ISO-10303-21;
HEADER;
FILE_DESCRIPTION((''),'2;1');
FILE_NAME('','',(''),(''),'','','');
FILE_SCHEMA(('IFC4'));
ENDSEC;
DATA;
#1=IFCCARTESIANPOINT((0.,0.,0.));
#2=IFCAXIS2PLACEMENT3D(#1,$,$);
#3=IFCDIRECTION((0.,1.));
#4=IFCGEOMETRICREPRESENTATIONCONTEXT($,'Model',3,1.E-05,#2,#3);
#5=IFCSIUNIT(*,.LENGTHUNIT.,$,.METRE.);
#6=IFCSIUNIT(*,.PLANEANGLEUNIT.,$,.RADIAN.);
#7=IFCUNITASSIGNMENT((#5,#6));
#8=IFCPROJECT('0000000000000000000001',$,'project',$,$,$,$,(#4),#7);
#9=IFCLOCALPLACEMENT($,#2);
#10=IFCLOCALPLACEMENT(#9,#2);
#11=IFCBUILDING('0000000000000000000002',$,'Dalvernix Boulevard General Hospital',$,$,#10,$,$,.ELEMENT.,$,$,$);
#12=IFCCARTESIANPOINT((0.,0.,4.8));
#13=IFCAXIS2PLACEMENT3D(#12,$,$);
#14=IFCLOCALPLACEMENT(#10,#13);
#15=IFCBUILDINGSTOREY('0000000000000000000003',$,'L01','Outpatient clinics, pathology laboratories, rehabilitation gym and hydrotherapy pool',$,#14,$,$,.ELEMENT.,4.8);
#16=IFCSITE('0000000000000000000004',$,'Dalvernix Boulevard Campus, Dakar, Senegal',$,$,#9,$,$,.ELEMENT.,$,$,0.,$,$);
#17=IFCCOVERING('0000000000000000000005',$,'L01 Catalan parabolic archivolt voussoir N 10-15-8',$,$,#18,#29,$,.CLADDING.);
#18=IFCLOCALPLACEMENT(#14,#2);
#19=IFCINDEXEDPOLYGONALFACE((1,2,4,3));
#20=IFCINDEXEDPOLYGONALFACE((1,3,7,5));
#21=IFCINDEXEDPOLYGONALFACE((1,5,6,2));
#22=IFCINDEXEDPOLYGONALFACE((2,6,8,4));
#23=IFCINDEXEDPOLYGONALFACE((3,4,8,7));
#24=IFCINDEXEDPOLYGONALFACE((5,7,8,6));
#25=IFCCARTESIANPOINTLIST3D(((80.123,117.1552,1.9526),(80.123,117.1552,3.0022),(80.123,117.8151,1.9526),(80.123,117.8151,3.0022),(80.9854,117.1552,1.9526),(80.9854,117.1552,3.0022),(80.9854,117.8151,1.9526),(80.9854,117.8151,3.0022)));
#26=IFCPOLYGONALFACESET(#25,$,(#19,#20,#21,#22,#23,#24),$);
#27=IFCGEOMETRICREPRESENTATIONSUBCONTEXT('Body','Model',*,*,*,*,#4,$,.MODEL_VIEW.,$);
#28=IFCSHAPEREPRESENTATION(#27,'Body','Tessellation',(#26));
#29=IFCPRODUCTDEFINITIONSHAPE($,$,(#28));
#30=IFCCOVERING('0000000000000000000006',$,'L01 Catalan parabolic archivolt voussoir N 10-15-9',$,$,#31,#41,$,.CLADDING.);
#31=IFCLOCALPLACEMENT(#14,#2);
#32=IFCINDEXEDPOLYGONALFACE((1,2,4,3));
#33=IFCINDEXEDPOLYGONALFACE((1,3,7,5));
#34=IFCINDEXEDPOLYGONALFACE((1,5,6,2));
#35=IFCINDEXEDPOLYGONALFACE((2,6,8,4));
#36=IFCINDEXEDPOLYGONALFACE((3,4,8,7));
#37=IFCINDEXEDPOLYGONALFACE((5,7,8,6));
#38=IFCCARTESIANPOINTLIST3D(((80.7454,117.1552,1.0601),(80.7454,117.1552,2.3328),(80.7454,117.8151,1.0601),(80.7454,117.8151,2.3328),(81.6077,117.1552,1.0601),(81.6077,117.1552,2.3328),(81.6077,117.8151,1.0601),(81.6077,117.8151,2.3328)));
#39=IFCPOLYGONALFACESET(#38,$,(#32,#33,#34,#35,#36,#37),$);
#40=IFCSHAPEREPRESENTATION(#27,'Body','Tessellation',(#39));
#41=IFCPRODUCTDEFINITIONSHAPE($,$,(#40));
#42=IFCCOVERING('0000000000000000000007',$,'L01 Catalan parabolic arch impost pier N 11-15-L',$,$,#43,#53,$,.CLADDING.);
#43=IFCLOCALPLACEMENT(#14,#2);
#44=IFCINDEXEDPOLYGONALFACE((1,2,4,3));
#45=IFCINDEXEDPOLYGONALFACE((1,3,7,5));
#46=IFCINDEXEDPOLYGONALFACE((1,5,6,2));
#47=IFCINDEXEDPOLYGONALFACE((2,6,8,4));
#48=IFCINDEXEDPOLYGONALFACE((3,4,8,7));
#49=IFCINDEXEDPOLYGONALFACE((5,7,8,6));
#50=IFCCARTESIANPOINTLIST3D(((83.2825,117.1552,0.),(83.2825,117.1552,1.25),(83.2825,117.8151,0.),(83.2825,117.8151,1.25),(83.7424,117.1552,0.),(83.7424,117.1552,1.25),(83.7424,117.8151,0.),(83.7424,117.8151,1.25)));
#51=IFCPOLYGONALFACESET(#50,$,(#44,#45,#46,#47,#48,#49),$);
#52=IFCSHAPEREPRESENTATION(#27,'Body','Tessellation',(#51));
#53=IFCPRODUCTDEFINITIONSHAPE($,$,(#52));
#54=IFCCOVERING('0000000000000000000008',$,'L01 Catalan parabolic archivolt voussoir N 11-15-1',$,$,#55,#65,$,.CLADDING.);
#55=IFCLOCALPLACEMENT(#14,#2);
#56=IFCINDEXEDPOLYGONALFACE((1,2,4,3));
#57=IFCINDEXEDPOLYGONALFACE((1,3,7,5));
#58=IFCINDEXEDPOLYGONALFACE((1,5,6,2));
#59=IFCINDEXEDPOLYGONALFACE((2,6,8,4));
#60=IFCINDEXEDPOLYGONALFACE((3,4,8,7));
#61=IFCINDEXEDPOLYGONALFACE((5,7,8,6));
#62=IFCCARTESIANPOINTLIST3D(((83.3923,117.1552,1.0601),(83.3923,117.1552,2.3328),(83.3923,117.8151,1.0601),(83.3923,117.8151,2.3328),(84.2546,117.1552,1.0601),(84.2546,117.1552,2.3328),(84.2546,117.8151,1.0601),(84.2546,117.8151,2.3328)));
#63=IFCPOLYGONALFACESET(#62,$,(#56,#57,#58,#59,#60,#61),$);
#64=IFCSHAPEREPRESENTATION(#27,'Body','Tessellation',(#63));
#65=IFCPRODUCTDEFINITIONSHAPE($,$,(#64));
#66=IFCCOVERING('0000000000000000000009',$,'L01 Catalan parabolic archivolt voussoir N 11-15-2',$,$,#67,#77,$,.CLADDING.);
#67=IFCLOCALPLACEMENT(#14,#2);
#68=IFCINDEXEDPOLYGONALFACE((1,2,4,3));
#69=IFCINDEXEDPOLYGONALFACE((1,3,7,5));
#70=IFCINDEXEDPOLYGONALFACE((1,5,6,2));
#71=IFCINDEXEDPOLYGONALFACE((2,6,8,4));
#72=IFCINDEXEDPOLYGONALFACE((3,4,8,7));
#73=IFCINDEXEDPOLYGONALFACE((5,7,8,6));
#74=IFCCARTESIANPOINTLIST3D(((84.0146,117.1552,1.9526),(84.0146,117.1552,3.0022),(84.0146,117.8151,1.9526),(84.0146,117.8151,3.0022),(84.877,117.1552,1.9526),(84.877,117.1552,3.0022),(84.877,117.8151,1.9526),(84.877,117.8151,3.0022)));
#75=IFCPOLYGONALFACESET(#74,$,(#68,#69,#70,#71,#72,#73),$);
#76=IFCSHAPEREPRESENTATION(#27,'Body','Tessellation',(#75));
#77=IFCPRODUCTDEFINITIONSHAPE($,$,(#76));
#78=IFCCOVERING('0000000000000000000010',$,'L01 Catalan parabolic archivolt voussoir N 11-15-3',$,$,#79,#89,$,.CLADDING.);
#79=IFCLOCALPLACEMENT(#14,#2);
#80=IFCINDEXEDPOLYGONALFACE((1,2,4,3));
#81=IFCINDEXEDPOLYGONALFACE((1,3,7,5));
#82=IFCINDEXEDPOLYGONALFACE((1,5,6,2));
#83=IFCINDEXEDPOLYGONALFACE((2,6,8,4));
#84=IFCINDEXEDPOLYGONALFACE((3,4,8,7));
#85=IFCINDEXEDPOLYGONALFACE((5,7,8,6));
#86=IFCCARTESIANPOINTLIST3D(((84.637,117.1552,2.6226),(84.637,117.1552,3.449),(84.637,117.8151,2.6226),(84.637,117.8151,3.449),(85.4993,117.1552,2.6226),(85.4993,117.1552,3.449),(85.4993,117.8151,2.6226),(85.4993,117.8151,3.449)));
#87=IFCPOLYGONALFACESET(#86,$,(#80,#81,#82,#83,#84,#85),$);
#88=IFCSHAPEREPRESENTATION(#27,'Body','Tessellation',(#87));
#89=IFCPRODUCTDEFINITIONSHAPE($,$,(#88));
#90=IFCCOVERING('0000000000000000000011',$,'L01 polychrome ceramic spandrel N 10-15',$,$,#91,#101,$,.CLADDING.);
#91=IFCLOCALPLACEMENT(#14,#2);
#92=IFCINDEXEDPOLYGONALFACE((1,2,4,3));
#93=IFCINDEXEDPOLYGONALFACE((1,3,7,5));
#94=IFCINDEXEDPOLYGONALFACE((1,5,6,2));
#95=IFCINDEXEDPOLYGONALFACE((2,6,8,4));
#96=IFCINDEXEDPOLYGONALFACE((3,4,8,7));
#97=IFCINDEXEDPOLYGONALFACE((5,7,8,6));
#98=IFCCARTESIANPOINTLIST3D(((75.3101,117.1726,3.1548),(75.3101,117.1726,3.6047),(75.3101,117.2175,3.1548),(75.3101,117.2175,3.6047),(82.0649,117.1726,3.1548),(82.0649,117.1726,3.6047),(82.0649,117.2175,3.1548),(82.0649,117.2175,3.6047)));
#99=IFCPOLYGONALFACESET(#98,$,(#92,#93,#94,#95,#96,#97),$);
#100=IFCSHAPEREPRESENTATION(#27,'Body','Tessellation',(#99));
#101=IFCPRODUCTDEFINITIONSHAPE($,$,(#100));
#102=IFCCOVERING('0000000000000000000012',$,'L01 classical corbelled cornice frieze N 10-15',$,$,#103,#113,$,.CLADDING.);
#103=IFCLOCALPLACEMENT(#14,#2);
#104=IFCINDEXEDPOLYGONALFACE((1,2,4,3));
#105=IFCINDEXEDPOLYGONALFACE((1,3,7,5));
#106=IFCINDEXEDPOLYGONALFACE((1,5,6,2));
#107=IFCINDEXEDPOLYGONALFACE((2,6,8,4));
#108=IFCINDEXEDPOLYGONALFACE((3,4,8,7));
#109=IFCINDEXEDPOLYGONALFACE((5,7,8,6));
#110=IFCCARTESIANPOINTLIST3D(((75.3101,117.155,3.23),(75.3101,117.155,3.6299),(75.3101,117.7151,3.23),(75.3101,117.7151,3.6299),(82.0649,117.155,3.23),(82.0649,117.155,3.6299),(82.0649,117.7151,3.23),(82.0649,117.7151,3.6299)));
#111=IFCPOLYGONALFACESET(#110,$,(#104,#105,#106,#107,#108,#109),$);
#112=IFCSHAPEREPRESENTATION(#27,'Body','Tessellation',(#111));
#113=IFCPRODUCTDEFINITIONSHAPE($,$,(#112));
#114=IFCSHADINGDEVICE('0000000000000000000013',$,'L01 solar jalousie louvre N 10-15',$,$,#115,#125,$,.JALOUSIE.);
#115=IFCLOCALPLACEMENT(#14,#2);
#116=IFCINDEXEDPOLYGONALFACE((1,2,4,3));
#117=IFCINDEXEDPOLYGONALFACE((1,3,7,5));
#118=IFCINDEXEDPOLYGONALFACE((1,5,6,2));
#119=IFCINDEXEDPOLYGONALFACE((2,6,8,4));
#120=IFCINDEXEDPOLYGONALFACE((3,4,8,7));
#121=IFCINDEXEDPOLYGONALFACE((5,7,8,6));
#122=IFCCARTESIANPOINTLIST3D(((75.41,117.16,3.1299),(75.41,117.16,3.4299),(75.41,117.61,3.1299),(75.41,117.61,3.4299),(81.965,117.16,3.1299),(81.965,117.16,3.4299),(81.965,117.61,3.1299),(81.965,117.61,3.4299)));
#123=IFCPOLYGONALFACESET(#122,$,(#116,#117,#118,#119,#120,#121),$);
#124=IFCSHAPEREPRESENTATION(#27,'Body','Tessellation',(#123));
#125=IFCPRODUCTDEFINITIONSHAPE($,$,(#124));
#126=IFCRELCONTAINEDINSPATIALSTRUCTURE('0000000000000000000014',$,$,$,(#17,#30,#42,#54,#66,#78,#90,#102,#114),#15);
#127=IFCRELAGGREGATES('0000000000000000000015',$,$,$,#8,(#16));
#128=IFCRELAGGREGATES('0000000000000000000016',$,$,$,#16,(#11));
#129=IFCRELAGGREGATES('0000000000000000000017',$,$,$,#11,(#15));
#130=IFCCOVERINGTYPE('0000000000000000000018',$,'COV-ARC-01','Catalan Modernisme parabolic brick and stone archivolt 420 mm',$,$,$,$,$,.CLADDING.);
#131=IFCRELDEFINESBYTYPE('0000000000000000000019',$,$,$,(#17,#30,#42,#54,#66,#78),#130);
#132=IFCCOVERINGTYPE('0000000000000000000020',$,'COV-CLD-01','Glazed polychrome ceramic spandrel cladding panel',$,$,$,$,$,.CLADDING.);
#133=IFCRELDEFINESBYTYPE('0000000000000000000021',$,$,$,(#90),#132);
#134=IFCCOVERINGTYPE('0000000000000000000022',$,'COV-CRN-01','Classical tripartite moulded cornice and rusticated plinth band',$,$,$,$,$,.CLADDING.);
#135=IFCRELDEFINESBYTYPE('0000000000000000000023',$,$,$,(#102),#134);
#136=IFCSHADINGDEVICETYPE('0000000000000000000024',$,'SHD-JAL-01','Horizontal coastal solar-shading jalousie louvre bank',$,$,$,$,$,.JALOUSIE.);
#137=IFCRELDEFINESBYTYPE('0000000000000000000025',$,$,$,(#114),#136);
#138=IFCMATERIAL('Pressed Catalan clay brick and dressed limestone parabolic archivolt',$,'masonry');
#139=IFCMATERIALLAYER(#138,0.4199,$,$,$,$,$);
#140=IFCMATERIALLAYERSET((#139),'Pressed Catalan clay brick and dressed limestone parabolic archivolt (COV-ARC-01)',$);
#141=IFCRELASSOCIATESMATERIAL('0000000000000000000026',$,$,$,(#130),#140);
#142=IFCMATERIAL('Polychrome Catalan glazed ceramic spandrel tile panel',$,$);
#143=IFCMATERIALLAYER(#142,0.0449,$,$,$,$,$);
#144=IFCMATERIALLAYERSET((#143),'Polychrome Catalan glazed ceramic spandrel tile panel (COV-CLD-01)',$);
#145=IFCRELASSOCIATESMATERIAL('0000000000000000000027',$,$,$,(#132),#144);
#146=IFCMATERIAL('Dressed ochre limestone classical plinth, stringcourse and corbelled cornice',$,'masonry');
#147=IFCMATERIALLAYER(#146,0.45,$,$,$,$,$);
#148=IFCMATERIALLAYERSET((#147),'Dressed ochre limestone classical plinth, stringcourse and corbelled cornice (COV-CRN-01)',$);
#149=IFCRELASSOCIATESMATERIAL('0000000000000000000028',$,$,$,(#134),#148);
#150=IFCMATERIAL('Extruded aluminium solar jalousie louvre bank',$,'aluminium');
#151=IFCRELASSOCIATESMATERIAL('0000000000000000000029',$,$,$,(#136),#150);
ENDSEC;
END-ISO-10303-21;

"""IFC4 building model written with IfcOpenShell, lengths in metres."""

from ifc_helpers import new_model, si_unit, direction, frame, origin, origin_2d, place, context, subcontext, project, spatial, rectangle, extrude, material, layer, layer_set, type_object, element, save


model = new_model("IFC4")

# Units and contexts
model_context = context("Model", 3, precision=1e-05, world=origin(), true_north=direction((0.0, 1.0)))
body_context = subcontext(model_context, "Body", "Model", "MODEL_VIEW")
ifc_project = project(units=[si_unit("LENGTHUNIT", "METRE"), si_unit("PLANEANGLEUNIT", "RADIAN")], contexts=[model_context])

# Site, building, storey
site_placement = place(None, origin())
site = spatial("IfcSite", under=ifc_project, at=site_placement, Name="Dalvernix Boulevard Campus, Dakar, Senegal", CompositionType="ELEMENT", RefElevation=0.0)
building_placement = place(site_placement, origin())
building = spatial("IfcBuilding", under=site, at=building_placement, Name="Dalvernix Boulevard General Hospital", CompositionType="ELEMENT")
storey_placement = place(building_placement, frame((0.0, 0.0, 4.8)))
storey = spatial("IfcBuildingStorey", under=building, at=storey_placement, Name="L01", Description="Outpatient clinics, pathology laboratories, rehabilitation gym and hydrotherapy pool", CompositionType="ELEMENT", Elevation=4.8)

# Coverings
ifc_material_1 = material(Name="Pressed Catalan clay brick and dressed limestone parabolic archivolt", Category="masonry")
ifc_layer_1 = layer(ifc_material_1, 0.4199)
ifc_layer_set_1 = layer_set([ifc_layer_1], Name="Pressed Catalan clay brick and dressed limestone parabolic archivolt (COV-ARC-01)")
covering_type_1 = type_object("IfcCoveringType", Name="COV-ARC-01", Description="Catalan Modernisme parabolic brick and stone archivolt 420 mm", PredefinedType="CLADDING", material=ifc_layer_set_1)
covering_1_placement = place(storey_placement, frame((80.5542, 117.4851, 1.9526), z_axis=(0.0, 0.0, 1.0), x_axis=(1.0, 0.0, 0.0)))
element("IfcCovering", 1, at=covering_1_placement, inside=storey, type_object=covering_type_1, Name="L01 Catalan parabolic archivolt voussoir N 10-15-8", PredefinedType="CLADDING", context=body_context, shape_type="SweptSolid", body=[
    extrude(rectangle(XDim=0.8623, YDim=0.6599, at=origin_2d()), origin(), (0.0, 0.0, 1.0), 1.0496),
])
covering_2_placement = place(storey_placement, frame((81.1765, 117.4851, 1.0601), z_axis=(0.0, 0.0, 1.0), x_axis=(1.0, 0.0, 0.0)))
element("IfcCovering", 2, at=covering_2_placement, inside=storey, type_object=covering_type_1, Name="L01 Catalan parabolic archivolt voussoir N 10-15-9", PredefinedType="CLADDING", context=body_context, shape_type="SweptSolid", body=[
    extrude(rectangle(XDim=0.8623, YDim=0.6599, at=origin_2d()), origin(), (0.0, 0.0, 1.0), 1.2727),
])
covering_3_placement = place(storey_placement, frame((83.5125, 117.4851, 0.0), z_axis=(0.0, 0.0, 1.0), x_axis=(1.0, 0.0, 0.0)))
element("IfcCovering", 3, at=covering_3_placement, inside=storey, type_object=covering_type_1, Name="L01 Catalan parabolic arch impost pier N 11-15-L", PredefinedType="CLADDING", context=body_context, shape_type="SweptSolid", body=[
    extrude(rectangle(XDim=0.46, YDim=0.6599, at=origin_2d()), origin(), (0.0, 0.0, 1.0), 1.25),
])
covering_4_placement = place(storey_placement, frame((83.8235, 117.4851, 1.0601), z_axis=(0.0, 0.0, 1.0), x_axis=(1.0, 0.0, 0.0)))
element("IfcCovering", 4, at=covering_4_placement, inside=storey, type_object=covering_type_1, Name="L01 Catalan parabolic archivolt voussoir N 11-15-1", PredefinedType="CLADDING", context=body_context, shape_type="SweptSolid", body=[
    extrude(rectangle(XDim=0.8623, YDim=0.6599, at=origin_2d()), origin(), (0.0, 0.0, 1.0), 1.2727),
])
covering_5_placement = place(storey_placement, frame((84.4458, 117.4851, 1.9526), z_axis=(0.0, 0.0, 1.0), x_axis=(1.0, 0.0, 0.0)))
element("IfcCovering", 5, at=covering_5_placement, inside=storey, type_object=covering_type_1, Name="L01 Catalan parabolic archivolt voussoir N 11-15-2", PredefinedType="CLADDING", context=body_context, shape_type="SweptSolid", body=[
    extrude(rectangle(XDim=0.8623, YDim=0.6599, at=origin_2d()), origin(), (0.0, 0.0, 1.0), 1.0496),
])
covering_6_placement = place(storey_placement, frame((85.0681, 117.4851, 2.6226), z_axis=(0.0, 0.0, 1.0), x_axis=(1.0, 0.0, 0.0)))
element("IfcCovering", 6, at=covering_6_placement, inside=storey, type_object=covering_type_1, Name="L01 Catalan parabolic archivolt voussoir N 11-15-3", PredefinedType="CLADDING", context=body_context, shape_type="SweptSolid", body=[
    extrude(rectangle(XDim=0.8623, YDim=0.6599, at=origin_2d()), origin(), (0.0, 0.0, 1.0), 0.8264),
])
ifc_material_2 = material(Name="Polychrome Catalan glazed ceramic spandrel tile panel")
ifc_layer_2 = layer(ifc_material_2, 0.0449)
ifc_layer_set_2 = layer_set([ifc_layer_2], Name="Polychrome Catalan glazed ceramic spandrel tile panel (COV-CLD-01)")
covering_type_2 = type_object("IfcCoveringType", Name="COV-CLD-01", Description="Glazed polychrome ceramic spandrel cladding panel", PredefinedType="CLADDING", material=ifc_layer_set_2)
covering_7_placement = place(storey_placement, frame((78.6875, 117.1951, 3.1548), z_axis=(0.0, 0.0, 1.0), x_axis=(1.0, 0.0, 0.0)))
element("IfcCovering", 7, at=covering_7_placement, inside=storey, type_object=covering_type_2, Name="L01 polychrome ceramic spandrel N 10-15", PredefinedType="CLADDING", context=body_context, shape_type="SweptSolid", body=[
    extrude(rectangle(XDim=6.7549, YDim=0.0449, at=origin_2d()), origin(), (0.0, 0.0, 1.0), 0.45),
])
ifc_material_3 = material(Name="Dressed ochre limestone classical plinth, stringcourse and corbelled cornice", Category="masonry")
ifc_layer_3 = layer(ifc_material_3, 0.45)
ifc_layer_set_3 = layer_set([ifc_layer_3], Name="Dressed ochre limestone classical plinth, stringcourse and corbelled cornice (COV-CRN-01)")
covering_type_3 = type_object("IfcCoveringType", Name="COV-CRN-01", Description="Classical tripartite moulded cornice and rusticated plinth band", PredefinedType="CLADDING", material=ifc_layer_set_3)
covering_8_placement = place(storey_placement, frame((78.6875, 117.4351, 3.23), z_axis=(0.0, 0.0, 1.0), x_axis=(1.0, 0.0, 0.0)))
element("IfcCovering", 8, at=covering_8_placement, inside=storey, type_object=covering_type_3, Name="L01 classical corbelled cornice frieze N 10-15", PredefinedType="CLADDING", context=body_context, shape_type="SweptSolid", body=[
    extrude(rectangle(XDim=6.7549, YDim=0.5601, at=origin_2d()), origin(), (0.0, 0.0, 1.0), 0.3999),
])

# Shading device
ifc_material_4 = material(Name="Extruded aluminium solar jalousie louvre bank", Category="aluminium")
shading_device_type = type_object("IfcShadingDeviceType", Name="SHD-JAL-01", Description="Horizontal coastal solar-shading jalousie louvre bank", PredefinedType="JALOUSIE", material=ifc_material_4)
shading_device_placement = place(storey_placement, frame((78.6875, 117.385, 3.1299), z_axis=(0.0, 0.0, 1.0), x_axis=(1.0, 0.0, 0.0)))
element("IfcShadingDevice", 9, at=shading_device_placement, inside=storey, type_object=shading_device_type, Name="L01 solar jalousie louvre N 10-15", PredefinedType="JALOUSIE", context=body_context, shape_type="SweptSolid", body=[
    extrude(rectangle(XDim=6.5549, YDim=0.45, at=origin_2d()), origin(), (0.0, 0.0, 1.0), 0.3),
])

save(model, "model.ifc")
